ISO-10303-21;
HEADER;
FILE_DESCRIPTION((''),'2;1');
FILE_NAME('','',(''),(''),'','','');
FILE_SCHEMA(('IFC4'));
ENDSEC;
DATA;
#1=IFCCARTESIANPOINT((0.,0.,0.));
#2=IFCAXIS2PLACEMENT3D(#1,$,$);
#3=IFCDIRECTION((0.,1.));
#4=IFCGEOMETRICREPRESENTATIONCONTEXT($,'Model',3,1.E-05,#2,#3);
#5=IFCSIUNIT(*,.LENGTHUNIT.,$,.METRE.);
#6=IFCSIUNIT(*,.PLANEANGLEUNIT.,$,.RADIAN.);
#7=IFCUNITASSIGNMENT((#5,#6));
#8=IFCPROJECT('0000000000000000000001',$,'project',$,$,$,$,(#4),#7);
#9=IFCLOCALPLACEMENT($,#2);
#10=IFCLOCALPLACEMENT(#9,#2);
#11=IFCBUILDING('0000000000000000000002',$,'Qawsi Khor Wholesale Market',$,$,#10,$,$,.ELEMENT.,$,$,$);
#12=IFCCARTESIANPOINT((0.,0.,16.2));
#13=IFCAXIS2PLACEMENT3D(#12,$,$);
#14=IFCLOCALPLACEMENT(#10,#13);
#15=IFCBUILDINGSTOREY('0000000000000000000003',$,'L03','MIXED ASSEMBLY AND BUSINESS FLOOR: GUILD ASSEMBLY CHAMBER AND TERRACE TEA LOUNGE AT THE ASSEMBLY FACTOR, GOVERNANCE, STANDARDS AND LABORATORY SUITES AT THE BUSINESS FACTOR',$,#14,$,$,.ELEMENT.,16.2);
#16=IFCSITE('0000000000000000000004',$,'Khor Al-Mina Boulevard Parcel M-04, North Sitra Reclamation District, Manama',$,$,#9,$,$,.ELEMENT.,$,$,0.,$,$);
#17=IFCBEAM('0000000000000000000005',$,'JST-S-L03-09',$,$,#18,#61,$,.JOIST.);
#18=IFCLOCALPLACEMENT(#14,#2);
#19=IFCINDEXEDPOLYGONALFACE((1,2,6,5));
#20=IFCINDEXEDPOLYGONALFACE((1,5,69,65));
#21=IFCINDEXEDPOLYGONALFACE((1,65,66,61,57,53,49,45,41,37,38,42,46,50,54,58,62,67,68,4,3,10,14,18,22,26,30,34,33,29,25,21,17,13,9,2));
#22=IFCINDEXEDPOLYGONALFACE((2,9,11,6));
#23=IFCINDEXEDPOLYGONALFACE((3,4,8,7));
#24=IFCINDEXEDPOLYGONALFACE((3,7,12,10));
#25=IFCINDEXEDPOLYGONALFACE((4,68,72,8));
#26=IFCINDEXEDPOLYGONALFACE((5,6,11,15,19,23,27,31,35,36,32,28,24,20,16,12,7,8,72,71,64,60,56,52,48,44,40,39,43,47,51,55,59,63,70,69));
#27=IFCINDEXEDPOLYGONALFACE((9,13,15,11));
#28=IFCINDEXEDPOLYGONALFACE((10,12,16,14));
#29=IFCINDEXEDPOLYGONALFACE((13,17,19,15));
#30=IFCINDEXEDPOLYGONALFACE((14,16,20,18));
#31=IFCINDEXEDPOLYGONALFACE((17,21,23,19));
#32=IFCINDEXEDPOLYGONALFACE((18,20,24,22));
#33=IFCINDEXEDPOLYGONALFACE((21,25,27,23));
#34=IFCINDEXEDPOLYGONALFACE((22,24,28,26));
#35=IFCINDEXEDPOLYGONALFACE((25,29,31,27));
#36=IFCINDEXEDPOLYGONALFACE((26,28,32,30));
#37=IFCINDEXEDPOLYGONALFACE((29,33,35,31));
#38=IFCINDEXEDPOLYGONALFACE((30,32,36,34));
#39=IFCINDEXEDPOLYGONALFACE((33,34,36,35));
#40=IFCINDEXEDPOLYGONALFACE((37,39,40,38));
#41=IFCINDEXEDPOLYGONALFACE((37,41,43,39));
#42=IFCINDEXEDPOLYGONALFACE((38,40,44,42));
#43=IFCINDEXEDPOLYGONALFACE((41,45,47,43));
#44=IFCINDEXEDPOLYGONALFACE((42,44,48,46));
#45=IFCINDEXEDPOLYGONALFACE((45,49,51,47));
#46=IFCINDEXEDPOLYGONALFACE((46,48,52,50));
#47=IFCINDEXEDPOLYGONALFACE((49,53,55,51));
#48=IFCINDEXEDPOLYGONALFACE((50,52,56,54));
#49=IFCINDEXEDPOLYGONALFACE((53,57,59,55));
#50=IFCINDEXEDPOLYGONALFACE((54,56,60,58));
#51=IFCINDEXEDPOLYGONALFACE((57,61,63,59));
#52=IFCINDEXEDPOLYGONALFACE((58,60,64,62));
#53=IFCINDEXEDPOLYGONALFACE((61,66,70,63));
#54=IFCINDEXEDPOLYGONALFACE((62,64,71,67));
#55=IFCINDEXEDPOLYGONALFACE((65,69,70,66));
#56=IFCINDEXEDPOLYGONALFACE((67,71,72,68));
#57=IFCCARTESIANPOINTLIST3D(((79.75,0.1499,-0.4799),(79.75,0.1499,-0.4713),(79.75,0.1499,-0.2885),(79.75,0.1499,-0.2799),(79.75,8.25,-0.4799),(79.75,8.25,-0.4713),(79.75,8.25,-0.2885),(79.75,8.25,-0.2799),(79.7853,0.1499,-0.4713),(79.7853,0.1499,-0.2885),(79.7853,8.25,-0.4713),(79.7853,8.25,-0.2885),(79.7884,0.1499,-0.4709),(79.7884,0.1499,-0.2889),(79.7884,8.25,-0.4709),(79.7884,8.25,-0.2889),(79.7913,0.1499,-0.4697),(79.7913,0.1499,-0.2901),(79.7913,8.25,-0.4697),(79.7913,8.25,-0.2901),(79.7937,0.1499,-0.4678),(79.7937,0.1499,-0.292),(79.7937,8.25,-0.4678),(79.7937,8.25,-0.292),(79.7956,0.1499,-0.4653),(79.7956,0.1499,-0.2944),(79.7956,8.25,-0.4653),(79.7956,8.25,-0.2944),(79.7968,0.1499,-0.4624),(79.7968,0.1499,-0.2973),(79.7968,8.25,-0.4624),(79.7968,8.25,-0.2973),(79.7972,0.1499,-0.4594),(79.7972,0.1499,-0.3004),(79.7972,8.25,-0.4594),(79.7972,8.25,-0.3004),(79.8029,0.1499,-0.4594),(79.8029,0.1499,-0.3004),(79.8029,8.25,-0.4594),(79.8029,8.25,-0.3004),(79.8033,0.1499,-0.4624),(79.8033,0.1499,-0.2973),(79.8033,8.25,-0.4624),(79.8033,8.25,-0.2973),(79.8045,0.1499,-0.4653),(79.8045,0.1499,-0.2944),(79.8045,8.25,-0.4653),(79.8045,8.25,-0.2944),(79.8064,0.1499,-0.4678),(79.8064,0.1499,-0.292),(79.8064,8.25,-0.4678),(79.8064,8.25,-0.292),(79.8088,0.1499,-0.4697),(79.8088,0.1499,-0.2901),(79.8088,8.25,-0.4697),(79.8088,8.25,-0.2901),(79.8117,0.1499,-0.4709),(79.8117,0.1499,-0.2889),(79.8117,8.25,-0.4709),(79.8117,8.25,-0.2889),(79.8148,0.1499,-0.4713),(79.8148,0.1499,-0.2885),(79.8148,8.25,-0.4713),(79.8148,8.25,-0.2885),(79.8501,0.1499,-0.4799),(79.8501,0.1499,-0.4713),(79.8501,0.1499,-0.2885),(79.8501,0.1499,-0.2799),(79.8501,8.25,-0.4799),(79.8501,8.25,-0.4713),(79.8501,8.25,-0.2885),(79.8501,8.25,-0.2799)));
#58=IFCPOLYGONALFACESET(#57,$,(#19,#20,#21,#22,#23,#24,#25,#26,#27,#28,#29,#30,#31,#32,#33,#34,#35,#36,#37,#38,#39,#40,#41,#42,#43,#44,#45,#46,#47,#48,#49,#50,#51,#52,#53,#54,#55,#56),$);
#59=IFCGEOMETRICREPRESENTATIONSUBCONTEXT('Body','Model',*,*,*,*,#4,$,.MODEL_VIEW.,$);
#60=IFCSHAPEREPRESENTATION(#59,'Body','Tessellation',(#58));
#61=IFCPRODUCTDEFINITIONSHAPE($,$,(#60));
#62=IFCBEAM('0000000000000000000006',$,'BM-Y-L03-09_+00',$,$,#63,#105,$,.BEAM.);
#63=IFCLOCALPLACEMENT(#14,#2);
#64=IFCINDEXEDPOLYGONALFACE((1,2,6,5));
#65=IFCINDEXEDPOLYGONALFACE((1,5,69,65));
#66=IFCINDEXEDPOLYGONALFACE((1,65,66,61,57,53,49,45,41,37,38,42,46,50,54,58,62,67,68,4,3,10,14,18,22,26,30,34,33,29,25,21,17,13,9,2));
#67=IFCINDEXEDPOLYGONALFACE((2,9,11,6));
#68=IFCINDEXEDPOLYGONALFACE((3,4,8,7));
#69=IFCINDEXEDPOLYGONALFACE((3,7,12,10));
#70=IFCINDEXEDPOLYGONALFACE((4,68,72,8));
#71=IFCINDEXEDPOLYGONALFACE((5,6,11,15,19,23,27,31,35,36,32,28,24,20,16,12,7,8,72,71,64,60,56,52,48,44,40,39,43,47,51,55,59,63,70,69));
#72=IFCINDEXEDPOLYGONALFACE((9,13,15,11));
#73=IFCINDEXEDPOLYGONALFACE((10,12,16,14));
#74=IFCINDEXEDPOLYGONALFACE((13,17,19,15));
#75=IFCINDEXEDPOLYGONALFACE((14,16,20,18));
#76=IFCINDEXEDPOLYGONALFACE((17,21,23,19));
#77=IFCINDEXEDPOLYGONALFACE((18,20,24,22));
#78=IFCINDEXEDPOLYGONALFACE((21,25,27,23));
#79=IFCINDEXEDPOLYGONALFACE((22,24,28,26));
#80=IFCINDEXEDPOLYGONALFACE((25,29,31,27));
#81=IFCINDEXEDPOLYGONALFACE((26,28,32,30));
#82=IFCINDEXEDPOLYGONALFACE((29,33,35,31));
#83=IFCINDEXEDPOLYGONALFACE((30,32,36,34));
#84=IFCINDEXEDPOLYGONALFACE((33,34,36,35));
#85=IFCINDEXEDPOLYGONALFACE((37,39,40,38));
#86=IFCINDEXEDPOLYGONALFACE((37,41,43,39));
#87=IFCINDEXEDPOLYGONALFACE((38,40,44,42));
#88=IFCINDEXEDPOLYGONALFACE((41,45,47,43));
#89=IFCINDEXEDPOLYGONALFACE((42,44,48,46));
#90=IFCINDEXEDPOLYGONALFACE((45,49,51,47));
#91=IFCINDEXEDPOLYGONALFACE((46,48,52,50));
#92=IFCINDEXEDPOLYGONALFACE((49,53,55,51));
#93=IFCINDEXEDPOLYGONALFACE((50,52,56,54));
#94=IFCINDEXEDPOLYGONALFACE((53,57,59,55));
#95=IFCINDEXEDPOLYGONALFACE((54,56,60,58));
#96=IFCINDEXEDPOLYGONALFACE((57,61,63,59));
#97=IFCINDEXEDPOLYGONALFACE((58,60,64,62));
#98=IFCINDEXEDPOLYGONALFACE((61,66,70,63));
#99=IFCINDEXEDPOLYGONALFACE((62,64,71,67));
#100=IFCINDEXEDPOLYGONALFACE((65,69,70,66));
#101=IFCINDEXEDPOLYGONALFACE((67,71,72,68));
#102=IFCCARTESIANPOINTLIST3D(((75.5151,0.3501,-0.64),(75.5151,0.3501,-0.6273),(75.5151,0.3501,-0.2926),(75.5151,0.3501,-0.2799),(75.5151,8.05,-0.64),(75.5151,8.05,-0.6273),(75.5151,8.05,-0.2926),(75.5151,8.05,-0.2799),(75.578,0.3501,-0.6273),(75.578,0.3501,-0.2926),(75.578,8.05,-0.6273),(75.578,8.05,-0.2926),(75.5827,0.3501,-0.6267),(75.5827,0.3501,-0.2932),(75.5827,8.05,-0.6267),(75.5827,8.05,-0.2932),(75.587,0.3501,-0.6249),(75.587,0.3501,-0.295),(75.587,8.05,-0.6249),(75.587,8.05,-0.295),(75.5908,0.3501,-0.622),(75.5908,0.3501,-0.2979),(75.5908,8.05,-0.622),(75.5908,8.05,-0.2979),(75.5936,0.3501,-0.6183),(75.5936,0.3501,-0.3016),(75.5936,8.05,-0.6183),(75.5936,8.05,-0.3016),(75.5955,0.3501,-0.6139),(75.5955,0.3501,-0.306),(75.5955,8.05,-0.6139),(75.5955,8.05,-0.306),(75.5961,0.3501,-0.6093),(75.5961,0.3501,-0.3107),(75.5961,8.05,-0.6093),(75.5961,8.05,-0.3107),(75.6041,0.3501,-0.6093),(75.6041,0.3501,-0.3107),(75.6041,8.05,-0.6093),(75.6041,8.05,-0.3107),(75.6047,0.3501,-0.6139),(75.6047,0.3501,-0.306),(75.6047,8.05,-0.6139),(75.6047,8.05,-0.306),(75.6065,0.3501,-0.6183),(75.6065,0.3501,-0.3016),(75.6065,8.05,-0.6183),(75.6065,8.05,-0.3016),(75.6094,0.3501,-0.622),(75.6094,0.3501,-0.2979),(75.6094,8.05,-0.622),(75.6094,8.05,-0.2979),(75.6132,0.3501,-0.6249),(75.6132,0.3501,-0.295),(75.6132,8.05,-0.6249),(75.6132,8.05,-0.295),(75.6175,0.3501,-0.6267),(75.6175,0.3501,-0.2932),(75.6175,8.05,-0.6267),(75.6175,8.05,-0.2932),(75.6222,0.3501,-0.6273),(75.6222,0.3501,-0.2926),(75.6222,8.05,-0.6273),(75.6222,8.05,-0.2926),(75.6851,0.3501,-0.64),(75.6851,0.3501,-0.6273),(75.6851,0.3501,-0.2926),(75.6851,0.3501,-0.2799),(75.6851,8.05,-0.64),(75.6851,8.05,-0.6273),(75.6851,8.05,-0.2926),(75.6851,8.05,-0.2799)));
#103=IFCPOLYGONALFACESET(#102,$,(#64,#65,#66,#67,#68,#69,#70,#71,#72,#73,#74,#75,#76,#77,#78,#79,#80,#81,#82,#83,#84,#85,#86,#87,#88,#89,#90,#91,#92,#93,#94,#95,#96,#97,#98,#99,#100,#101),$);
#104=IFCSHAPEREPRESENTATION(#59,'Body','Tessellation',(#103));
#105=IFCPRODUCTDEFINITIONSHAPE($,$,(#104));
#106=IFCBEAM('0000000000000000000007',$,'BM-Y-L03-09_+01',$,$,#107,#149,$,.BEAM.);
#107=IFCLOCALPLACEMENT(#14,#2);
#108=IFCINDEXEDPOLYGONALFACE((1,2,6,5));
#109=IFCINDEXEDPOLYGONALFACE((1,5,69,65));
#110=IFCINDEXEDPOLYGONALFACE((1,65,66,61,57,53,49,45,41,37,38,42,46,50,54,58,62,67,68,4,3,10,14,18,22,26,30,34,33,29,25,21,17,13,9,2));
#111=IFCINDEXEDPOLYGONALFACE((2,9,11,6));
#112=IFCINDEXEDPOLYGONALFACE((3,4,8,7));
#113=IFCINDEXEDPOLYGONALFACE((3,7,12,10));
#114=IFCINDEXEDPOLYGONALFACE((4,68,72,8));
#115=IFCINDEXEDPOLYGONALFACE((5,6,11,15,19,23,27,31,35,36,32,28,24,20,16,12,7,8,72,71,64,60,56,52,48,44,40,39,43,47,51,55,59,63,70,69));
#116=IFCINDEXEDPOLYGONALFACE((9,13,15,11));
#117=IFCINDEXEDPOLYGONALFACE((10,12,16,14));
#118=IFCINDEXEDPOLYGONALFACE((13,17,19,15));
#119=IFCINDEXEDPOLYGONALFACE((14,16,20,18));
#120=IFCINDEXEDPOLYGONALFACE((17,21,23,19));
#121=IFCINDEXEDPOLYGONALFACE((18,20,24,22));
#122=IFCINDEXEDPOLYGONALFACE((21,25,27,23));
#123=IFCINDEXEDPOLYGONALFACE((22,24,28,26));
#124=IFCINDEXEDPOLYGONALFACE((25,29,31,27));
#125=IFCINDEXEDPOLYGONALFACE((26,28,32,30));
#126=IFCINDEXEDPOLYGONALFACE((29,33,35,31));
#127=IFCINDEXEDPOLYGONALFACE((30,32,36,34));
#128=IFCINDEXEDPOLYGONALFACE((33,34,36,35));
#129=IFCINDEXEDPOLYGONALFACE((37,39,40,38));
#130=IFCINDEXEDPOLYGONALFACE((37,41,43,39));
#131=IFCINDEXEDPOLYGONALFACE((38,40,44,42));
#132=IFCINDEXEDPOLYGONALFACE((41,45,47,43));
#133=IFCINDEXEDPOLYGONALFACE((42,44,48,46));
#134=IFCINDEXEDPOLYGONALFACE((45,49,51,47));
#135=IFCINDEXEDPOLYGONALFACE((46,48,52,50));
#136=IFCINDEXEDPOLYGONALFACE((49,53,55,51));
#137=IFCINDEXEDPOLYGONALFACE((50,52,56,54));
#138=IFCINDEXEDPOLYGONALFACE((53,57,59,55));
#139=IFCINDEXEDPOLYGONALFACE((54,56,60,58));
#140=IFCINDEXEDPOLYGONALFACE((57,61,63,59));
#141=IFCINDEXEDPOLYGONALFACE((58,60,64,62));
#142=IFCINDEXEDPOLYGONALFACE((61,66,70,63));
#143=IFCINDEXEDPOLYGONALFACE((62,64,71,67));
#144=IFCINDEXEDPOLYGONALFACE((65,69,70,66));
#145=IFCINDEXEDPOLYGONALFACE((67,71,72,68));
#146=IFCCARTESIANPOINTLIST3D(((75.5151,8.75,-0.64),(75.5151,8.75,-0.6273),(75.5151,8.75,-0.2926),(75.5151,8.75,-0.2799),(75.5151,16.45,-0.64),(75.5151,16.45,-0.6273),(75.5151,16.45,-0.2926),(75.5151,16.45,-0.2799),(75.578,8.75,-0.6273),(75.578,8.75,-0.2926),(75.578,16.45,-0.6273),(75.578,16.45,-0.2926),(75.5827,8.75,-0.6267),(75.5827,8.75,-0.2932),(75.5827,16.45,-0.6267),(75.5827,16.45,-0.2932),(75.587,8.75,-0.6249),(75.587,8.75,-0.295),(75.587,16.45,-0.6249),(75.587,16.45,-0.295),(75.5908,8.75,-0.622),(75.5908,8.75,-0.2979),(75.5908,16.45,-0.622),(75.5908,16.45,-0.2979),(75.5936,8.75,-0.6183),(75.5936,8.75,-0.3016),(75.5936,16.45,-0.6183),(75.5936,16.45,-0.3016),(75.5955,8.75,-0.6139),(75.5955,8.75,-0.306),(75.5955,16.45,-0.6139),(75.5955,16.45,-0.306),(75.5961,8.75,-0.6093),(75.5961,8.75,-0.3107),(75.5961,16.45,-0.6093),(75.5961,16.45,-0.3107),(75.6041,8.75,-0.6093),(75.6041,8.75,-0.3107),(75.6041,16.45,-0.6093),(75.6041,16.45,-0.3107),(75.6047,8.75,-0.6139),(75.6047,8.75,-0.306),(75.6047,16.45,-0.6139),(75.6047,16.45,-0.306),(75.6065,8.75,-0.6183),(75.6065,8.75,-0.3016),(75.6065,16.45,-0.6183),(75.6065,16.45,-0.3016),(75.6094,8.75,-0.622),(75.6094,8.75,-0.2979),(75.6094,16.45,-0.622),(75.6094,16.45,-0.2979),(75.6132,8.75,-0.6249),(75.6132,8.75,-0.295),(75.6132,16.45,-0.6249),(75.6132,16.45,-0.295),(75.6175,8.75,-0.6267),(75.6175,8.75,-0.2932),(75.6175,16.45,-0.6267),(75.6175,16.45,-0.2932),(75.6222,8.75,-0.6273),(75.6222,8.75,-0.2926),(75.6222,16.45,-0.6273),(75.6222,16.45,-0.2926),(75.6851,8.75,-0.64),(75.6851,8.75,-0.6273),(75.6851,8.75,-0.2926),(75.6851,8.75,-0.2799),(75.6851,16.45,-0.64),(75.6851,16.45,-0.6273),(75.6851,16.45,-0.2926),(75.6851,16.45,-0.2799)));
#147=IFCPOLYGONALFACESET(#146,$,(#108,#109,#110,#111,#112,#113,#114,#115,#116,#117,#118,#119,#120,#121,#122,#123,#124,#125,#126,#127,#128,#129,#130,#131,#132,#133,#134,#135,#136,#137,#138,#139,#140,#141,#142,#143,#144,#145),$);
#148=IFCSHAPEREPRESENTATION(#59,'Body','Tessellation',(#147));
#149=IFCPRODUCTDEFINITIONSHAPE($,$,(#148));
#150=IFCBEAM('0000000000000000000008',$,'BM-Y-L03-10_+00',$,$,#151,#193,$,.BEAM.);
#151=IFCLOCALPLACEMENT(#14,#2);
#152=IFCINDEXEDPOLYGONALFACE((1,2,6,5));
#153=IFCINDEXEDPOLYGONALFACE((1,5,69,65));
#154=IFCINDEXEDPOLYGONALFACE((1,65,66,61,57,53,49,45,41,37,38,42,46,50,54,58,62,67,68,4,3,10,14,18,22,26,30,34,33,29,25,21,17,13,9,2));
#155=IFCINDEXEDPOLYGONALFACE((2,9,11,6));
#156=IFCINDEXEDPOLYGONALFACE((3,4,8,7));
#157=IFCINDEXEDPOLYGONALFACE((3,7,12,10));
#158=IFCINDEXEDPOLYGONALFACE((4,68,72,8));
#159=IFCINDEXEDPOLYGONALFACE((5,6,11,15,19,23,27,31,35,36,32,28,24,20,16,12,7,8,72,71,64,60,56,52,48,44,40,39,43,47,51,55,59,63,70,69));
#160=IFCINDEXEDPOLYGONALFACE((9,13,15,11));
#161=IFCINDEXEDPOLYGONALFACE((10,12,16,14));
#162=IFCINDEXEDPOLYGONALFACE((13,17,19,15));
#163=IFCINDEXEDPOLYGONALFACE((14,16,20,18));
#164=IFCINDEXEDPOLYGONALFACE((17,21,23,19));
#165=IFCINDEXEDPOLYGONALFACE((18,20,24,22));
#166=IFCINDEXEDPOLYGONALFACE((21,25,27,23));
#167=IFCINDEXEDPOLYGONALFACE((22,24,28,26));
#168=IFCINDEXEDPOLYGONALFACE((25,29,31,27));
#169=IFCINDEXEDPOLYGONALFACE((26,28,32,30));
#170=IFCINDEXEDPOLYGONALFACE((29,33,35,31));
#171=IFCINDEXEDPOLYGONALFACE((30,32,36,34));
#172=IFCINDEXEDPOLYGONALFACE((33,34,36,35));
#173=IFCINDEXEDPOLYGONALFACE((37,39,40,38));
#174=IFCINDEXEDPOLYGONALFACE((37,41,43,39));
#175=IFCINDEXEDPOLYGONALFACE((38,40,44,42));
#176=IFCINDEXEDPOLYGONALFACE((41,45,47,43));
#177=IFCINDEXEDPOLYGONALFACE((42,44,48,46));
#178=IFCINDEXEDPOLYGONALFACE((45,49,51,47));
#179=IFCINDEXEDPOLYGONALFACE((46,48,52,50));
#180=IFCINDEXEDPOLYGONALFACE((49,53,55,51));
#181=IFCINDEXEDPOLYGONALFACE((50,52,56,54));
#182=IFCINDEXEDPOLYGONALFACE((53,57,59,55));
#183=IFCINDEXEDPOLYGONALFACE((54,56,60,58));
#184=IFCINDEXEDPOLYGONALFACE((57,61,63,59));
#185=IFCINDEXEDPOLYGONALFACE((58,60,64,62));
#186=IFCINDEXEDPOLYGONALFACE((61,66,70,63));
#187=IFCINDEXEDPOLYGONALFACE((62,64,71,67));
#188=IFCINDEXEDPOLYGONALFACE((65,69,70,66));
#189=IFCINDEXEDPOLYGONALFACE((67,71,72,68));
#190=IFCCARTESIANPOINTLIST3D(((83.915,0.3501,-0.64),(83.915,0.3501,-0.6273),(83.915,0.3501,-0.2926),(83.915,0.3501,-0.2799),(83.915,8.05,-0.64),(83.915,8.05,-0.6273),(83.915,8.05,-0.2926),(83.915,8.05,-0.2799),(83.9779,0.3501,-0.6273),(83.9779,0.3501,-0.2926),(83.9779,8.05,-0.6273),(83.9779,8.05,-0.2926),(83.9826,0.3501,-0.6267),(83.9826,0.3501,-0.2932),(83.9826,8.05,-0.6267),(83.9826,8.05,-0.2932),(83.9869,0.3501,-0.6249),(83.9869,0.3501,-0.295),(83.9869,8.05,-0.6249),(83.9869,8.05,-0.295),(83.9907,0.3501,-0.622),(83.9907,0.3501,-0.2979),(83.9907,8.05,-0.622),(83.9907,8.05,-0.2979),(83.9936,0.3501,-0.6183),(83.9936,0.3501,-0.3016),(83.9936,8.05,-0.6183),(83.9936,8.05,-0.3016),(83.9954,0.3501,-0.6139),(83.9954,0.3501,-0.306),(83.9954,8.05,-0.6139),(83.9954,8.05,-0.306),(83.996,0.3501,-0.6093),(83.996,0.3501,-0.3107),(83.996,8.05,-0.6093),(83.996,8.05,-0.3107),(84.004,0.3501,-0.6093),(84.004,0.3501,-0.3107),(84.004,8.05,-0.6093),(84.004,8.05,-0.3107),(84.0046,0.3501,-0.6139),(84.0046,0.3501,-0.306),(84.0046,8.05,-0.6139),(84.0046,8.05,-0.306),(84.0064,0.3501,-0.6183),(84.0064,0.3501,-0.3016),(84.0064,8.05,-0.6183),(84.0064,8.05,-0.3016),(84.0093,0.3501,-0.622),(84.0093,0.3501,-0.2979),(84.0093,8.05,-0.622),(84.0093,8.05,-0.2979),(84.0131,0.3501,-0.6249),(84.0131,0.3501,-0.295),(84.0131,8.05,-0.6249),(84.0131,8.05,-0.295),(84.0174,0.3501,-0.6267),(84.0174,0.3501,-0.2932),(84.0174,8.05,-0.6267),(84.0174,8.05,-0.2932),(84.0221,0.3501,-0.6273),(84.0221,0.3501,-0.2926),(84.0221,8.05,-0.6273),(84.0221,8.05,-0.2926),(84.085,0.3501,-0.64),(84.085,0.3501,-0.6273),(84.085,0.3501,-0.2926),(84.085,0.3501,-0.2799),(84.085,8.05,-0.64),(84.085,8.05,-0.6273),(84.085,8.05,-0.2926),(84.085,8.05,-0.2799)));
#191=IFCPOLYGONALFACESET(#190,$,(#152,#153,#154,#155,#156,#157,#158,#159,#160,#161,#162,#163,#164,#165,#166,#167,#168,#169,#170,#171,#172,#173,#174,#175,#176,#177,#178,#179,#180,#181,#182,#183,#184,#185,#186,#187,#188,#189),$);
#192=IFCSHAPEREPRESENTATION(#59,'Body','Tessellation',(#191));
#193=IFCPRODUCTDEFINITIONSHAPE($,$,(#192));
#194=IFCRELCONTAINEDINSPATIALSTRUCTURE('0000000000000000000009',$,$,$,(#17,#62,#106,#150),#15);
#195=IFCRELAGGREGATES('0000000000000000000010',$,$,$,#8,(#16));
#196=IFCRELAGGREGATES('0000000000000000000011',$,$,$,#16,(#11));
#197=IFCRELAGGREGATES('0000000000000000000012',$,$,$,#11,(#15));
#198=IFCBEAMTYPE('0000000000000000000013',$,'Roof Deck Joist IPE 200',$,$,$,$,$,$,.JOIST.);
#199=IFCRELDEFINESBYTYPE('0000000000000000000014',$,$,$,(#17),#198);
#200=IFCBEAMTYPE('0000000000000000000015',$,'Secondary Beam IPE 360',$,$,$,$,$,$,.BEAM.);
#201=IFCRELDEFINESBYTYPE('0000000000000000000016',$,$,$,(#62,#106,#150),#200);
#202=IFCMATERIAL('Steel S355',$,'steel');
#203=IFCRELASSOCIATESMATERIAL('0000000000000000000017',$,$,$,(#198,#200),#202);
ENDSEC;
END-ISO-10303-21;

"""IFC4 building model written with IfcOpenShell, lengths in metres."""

from ifc_helpers import new_model, si_unit, direction, frame, origin, origin_2d, place, context, subcontext, project, spatial, i_section, extrude, material, material_profile, profile_set, type_object, element, save


model = new_model("IFC4")

# Units and contexts
model_context = context("Model", 3, precision=1e-05, world=origin(), true_north=direction((0.0, 1.0)))
body_context = subcontext(model_context, "Body", "Model", "MODEL_VIEW")
ifc_project = project(units=[si_unit("LENGTHUNIT", "METRE"), si_unit("PLANEANGLEUNIT", "RADIAN")], contexts=[model_context])

# Site, building, storey
site_placement = place(None, origin())
site = spatial("IfcSite", under=ifc_project, at=site_placement, Name="Khor Al-Mina Boulevard Parcel M-04, North Sitra Reclamation District, Manama", CompositionType="ELEMENT", RefElevation=0.0)
building_placement = place(site_placement, origin())
building = spatial("IfcBuilding", under=site, at=building_placement, Name="Qawsi Khor Wholesale Market", CompositionType="ELEMENT")
storey_placement = place(building_placement, frame((0.0, 0.0, 16.2)))
storey = spatial("IfcBuildingStorey", under=building, at=storey_placement, Name="L03", Description="MIXED ASSEMBLY AND BUSINESS FLOOR: GUILD ASSEMBLY CHAMBER AND TERRACE TEA LOUNGE AT THE ASSEMBLY FACTOR, GOVERNANCE, STANDARDS AND LABORATORY SUITES AT THE BUSINESS FACTOR", CompositionType="ELEMENT", Elevation=16.2)

# Beams
ifc_material_1 = material(Name="Steel S355", Category="steel")
ifc_material_profile_1 = material_profile(ifc_material_1, i_section(OverallWidth=0.1001, OverallDepth=0.2, WebThickness=0.0056, FlangeThickness=0.0085, FilletRadius=0.012, at=origin_2d()), Name="IPE 200")
ifc_profile_set_1 = profile_set([ifc_material_profile_1], Name="Steel S355")
beam_type_1 = type_object("IfcBeamType", Name="Roof Deck Joist IPE 200", PredefinedType="JOIST", material=ifc_profile_set_1)
beam_1_placement = place(storey_placement, frame((79.8, 0.1499, -0.3799), z_axis=(0.0, 1.0, 0.0), x_axis=(-1.0, 0.0, 0.0)))
element("IfcBeam", 1, at=beam_1_placement, inside=storey, type_object=beam_type_1, Name="JST-S-L03-09", PredefinedType="JOIST", context=body_context, shape_type="SweptSolid", body=[
    extrude(i_section(OverallWidth=0.1001, OverallDepth=0.2, WebThickness=0.0056, FlangeThickness=0.0085, FilletRadius=0.012, at=origin_2d()), origin(), (0.0, 0.0, 1.0), 8.1001),
])
ifc_material_profile_2 = material_profile(ifc_material_1, i_section(OverallWidth=0.1699, OverallDepth=0.3601, WebThickness=0.0081, FlangeThickness=0.0127, FilletRadius=0.0181, at=origin_2d()), Name="IPE 360")
ifc_profile_set_2 = profile_set([ifc_material_profile_2], Name="Steel S355")
beam_type_2 = type_object("IfcBeamType", Name="Secondary Beam IPE 360", PredefinedType="BEAM", material=ifc_profile_set_2)
for number, where, z_axis, x_axis, name in (
    (2, (75.6001, 0.3501, -0.46), (0.0, 1.0, 0.0), (-1.0, 0.0, 0.0), "BM-Y-L03-09_+00"),
    (3, (75.6001, 8.75, -0.46), (0.0, 1.0, 0.0), (-1.0, 0.0, 0.0), "BM-Y-L03-09_+01"),
    (4, (84.0, 0.3501, -0.46), (0.0, 1.0, 0.0), (-1.0, 0.0, 0.0), "BM-Y-L03-10_+00"),
):
    element("IfcBeam", number, at=place(storey_placement, frame(where, z_axis=z_axis, x_axis=x_axis)), inside=storey, type_object=beam_type_2, Name=name, PredefinedType="BEAM", context=body_context, shape_type="SweptSolid", body=[
        extrude(i_section(OverallWidth=0.1699, OverallDepth=0.3601, WebThickness=0.0081, FlangeThickness=0.0127, FilletRadius=0.0181, at=origin_2d()), origin(), (0.0, 0.0, 1.0), 7.7),
    ])

save(model, "model.ifc")
